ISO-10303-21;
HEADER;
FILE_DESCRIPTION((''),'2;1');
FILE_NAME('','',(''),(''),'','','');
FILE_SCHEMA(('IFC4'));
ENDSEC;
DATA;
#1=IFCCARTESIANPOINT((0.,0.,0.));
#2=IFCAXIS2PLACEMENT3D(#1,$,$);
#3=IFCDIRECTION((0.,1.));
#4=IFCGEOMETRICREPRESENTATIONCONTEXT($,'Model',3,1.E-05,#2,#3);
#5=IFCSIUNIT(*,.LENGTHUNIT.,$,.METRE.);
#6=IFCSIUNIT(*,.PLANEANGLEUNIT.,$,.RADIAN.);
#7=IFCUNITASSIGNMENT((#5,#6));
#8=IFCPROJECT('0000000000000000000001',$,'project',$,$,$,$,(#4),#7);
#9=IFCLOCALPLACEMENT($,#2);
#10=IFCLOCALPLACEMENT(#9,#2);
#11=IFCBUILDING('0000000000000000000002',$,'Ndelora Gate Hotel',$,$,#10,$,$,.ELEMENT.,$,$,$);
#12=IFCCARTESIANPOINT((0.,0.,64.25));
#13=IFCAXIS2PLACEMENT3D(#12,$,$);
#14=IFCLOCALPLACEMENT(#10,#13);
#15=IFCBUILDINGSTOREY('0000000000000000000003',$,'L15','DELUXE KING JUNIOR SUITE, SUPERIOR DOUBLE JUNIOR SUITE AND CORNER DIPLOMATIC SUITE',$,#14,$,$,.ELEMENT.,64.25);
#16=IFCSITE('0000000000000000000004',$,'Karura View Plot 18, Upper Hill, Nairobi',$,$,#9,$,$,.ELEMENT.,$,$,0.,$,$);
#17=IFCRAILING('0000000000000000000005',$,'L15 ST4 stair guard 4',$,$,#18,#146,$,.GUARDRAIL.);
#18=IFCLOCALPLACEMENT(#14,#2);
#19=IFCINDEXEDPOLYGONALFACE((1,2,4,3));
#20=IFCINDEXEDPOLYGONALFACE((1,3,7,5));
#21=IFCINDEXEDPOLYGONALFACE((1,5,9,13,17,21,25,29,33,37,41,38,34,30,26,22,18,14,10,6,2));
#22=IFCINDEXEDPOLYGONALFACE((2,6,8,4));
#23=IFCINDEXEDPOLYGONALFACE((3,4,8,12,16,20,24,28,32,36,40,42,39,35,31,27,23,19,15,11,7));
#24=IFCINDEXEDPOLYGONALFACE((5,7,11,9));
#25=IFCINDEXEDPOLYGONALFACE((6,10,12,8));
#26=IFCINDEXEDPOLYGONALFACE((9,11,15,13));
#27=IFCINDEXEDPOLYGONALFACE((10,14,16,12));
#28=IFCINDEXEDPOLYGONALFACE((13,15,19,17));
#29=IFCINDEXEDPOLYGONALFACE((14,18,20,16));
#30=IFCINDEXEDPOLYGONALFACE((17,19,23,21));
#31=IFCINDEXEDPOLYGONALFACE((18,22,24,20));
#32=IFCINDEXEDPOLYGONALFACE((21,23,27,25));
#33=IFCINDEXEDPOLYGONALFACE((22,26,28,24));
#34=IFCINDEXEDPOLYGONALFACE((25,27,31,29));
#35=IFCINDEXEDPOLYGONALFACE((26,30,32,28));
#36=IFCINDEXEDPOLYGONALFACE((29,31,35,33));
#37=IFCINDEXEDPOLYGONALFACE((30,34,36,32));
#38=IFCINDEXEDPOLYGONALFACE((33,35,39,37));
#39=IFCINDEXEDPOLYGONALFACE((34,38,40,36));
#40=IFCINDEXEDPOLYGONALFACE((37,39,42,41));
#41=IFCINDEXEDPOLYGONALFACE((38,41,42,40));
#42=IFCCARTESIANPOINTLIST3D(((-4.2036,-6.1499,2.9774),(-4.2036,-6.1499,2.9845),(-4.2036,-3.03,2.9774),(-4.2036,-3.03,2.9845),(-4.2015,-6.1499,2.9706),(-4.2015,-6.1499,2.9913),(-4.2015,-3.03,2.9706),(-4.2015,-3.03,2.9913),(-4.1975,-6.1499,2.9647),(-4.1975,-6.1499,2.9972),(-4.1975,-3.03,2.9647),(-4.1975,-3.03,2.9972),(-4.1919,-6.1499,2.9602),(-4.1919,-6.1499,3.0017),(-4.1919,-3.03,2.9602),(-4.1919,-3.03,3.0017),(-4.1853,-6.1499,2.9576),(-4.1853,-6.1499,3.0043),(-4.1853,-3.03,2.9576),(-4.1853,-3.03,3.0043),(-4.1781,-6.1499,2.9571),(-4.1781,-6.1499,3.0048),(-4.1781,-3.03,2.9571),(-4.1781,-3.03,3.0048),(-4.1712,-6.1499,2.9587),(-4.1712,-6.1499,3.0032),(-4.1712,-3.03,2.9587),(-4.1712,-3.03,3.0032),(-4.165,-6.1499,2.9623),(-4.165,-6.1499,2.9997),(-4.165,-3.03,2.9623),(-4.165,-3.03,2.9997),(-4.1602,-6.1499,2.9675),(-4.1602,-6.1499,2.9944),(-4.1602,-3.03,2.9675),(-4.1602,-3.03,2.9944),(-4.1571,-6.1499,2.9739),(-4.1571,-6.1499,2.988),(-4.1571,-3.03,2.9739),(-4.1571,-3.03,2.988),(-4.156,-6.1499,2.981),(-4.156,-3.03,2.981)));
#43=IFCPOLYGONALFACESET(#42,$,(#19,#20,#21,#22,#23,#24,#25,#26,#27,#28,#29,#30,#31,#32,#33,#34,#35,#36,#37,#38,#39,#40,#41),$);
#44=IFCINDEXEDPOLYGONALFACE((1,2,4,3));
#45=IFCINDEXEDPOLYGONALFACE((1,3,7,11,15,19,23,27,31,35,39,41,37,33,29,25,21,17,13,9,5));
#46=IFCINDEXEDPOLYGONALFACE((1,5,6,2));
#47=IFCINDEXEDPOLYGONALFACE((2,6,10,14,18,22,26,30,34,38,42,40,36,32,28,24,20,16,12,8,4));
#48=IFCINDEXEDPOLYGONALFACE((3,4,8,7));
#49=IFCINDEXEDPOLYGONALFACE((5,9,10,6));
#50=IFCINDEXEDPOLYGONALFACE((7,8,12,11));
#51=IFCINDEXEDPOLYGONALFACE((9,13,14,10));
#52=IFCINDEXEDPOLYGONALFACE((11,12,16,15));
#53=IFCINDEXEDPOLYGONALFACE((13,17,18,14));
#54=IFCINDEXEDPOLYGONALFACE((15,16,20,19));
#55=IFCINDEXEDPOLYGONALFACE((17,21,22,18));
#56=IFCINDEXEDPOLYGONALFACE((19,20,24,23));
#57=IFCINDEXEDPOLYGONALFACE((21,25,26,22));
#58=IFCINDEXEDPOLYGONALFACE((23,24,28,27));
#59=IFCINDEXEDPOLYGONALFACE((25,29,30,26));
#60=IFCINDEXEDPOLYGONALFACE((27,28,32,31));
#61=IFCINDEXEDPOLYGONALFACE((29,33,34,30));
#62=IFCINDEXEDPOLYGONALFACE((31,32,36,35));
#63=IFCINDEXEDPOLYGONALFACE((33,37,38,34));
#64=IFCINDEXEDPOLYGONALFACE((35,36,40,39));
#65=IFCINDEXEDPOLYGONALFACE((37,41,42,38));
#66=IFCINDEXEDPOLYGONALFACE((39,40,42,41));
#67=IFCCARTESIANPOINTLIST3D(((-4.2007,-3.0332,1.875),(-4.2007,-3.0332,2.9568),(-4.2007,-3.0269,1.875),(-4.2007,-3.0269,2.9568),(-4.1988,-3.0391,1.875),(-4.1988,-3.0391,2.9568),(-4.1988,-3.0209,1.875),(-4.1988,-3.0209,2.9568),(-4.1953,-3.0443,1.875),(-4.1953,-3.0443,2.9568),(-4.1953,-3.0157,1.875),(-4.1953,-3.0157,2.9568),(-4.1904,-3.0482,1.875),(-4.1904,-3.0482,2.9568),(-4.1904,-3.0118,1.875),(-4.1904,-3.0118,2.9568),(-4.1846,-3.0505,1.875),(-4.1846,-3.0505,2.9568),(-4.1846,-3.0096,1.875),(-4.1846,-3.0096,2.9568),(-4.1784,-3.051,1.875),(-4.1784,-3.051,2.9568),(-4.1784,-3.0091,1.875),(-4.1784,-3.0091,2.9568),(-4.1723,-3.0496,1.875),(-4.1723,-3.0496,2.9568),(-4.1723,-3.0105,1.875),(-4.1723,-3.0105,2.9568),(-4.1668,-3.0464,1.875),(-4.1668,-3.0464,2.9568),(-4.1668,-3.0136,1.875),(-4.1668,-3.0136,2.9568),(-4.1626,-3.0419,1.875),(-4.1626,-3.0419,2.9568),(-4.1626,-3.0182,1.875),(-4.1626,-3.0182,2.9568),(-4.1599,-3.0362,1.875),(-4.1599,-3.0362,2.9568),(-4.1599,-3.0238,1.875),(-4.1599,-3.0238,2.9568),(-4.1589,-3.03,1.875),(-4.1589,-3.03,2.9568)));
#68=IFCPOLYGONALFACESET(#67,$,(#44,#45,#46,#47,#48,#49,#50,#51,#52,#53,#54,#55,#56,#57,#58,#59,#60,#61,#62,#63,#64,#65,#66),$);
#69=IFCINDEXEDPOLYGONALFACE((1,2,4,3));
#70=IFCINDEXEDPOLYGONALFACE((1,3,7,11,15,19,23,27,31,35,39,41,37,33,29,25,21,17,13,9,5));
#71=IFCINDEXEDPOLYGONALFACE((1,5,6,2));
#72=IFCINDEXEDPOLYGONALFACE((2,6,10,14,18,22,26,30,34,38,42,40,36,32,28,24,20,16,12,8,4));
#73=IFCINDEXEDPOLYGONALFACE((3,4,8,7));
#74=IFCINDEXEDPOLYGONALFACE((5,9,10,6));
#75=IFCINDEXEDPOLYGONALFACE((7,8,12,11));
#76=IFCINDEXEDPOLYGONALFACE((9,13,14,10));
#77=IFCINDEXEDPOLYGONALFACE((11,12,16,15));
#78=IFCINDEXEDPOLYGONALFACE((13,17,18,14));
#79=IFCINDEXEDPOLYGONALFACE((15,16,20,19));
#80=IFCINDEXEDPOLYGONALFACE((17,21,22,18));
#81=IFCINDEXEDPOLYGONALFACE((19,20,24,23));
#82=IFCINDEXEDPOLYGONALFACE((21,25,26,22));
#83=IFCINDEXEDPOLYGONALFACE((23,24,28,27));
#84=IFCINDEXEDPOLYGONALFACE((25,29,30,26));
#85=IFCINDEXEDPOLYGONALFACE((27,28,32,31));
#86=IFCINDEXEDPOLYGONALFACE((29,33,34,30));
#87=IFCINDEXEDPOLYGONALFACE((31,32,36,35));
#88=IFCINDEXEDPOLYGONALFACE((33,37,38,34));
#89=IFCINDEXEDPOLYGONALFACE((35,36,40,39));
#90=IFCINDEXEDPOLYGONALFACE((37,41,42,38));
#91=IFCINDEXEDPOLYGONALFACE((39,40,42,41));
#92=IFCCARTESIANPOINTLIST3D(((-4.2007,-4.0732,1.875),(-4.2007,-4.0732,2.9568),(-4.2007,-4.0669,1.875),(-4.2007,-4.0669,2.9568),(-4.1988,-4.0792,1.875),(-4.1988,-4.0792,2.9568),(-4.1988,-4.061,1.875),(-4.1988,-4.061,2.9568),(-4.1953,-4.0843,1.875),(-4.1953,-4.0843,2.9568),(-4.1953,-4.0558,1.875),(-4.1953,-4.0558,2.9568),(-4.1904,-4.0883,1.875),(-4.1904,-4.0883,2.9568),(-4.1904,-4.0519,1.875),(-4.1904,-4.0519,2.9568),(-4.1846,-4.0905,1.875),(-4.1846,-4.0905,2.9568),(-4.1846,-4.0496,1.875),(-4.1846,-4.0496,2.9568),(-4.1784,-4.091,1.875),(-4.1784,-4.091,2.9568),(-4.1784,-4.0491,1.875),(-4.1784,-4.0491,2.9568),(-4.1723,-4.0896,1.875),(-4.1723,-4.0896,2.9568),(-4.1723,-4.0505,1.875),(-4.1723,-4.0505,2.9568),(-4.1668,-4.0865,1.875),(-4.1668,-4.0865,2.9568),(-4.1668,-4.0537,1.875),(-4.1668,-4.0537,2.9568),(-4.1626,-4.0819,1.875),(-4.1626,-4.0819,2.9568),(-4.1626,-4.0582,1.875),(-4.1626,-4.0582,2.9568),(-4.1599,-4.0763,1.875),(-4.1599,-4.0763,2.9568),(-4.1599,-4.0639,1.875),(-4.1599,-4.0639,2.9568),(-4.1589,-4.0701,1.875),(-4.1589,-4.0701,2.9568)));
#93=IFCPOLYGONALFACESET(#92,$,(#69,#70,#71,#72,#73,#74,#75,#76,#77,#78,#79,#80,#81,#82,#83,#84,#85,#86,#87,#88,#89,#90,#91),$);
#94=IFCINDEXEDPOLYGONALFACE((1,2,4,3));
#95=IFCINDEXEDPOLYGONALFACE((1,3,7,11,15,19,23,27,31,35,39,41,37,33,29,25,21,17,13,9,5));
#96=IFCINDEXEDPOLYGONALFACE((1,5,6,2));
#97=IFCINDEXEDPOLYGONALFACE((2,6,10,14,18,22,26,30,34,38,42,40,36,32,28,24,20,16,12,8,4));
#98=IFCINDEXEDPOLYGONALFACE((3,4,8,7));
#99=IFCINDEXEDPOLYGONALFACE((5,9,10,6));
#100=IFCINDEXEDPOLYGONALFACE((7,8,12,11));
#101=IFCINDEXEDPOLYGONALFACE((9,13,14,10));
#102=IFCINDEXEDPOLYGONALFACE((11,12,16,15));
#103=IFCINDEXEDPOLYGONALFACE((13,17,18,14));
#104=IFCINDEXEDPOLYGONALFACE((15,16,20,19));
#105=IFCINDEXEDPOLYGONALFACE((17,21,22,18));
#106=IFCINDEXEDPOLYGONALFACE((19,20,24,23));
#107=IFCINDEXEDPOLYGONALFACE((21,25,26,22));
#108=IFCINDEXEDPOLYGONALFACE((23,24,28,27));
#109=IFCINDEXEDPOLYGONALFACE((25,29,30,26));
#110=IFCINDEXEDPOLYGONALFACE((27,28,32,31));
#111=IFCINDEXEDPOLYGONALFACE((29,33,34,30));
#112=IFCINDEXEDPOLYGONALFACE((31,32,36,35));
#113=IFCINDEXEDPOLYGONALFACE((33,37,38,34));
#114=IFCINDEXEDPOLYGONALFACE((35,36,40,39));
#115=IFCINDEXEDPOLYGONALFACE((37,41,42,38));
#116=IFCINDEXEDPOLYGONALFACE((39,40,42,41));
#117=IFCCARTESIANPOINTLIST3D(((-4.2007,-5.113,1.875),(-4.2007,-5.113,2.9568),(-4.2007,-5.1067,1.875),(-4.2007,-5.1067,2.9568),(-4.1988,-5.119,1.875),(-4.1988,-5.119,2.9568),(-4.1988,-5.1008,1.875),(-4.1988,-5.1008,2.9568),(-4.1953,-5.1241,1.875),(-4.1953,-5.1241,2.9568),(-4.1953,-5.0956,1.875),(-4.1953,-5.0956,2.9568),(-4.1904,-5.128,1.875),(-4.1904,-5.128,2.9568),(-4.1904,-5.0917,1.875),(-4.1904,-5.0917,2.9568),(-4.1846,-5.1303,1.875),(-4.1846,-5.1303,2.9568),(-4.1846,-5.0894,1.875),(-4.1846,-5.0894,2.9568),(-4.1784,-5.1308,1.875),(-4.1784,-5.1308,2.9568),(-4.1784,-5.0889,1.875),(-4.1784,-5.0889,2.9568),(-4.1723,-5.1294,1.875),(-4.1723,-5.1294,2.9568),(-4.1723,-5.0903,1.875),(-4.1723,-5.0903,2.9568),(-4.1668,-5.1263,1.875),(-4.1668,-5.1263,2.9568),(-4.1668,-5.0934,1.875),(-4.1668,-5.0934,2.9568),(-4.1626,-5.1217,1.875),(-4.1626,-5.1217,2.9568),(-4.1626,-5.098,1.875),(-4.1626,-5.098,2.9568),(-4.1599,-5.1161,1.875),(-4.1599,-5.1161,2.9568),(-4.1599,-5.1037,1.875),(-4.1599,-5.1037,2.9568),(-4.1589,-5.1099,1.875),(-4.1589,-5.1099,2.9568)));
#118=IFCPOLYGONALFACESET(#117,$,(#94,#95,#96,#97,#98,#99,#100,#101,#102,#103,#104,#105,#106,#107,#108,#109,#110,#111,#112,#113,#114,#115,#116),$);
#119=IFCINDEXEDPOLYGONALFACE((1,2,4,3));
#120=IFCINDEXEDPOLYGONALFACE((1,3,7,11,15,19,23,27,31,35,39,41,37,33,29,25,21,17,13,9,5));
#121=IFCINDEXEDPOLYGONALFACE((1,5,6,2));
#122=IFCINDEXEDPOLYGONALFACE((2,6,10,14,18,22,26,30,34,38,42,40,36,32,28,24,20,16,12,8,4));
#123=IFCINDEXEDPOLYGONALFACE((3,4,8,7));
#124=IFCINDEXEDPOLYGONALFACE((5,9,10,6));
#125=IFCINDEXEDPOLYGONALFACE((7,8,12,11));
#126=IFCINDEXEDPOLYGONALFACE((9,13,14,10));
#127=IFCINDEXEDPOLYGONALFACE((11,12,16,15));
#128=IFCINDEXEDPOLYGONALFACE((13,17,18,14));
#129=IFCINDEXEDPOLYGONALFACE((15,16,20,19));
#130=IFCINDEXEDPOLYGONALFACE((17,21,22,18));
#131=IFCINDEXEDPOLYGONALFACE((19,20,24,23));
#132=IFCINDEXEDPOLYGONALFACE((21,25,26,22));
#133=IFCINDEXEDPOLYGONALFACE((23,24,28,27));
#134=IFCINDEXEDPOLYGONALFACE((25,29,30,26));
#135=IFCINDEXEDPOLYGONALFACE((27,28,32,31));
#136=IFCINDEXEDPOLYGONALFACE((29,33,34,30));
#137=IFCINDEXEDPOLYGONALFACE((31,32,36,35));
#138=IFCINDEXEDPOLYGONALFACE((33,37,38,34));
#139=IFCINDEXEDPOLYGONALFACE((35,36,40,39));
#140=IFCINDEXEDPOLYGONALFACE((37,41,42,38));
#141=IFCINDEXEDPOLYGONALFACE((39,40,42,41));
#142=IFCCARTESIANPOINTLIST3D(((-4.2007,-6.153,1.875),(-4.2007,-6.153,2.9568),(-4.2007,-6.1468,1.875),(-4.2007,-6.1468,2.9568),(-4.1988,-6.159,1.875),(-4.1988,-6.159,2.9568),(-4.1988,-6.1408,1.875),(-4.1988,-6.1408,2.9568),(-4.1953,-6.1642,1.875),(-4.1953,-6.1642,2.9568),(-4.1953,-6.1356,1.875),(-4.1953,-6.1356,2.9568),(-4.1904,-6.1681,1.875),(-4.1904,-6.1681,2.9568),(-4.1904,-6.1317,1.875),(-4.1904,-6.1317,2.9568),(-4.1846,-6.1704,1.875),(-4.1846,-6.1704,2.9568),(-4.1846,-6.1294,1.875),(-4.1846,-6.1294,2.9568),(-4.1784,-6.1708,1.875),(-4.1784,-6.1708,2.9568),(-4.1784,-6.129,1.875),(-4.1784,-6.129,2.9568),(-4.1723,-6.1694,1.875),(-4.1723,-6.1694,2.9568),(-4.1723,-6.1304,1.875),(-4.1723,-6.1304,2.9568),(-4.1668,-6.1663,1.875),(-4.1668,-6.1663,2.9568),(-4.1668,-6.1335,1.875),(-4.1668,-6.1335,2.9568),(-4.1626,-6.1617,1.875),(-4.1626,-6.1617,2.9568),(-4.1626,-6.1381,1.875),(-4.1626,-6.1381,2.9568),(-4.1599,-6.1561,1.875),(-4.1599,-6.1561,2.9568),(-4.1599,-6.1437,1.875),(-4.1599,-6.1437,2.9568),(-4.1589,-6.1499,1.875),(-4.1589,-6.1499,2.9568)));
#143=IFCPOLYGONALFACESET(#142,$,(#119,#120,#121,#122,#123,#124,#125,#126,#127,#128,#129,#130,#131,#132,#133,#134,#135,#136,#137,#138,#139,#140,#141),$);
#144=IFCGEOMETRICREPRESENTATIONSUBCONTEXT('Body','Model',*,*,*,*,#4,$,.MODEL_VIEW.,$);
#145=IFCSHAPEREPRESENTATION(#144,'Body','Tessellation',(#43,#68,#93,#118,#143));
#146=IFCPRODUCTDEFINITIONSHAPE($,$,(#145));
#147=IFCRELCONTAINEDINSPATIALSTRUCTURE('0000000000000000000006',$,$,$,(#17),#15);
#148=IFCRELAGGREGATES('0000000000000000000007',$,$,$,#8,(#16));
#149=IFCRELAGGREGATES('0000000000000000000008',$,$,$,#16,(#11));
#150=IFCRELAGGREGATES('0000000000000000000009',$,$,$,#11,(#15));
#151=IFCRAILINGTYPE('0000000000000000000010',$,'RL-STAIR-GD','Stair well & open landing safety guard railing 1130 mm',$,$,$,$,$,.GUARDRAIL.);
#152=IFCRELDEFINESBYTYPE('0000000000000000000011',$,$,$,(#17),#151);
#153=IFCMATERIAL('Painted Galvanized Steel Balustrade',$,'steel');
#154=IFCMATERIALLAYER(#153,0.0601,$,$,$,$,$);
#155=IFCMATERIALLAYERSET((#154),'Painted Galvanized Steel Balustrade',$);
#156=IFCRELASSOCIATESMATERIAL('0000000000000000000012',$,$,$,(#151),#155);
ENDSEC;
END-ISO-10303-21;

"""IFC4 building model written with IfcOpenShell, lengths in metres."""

from ifc_helpers import new_model, si_unit, direction, frame, origin, origin_2d, place, context, subcontext, project, spatial, circle, extrude, material, layer, layer_set, type_object, element, save


model = new_model("IFC4")

# Units and contexts
model_context = context("Model", 3, precision=1e-05, world=origin(), true_north=direction((0.0, 1.0)))
body_context = subcontext(model_context, "Body", "Model", "MODEL_VIEW")
ifc_project = project(units=[si_unit("LENGTHUNIT", "METRE"), si_unit("PLANEANGLEUNIT", "RADIAN")], contexts=[model_context])

# Site, building, storey
site_placement = place(None, origin())
site = spatial("IfcSite", under=ifc_project, at=site_placement, Name="Karura View Plot 18, Upper Hill, Nairobi", CompositionType="ELEMENT", RefElevation=0.0)
building_placement = place(site_placement, origin())
building = spatial("IfcBuilding", under=site, at=building_placement, Name="Ndelora Gate Hotel", CompositionType="ELEMENT")
storey_placement = place(building_placement, frame((0.0, 0.0, 64.25)))
storey = spatial("IfcBuildingStorey", under=building, at=storey_placement, Name="L15", Description="DELUXE KING JUNIOR SUITE, SUPERIOR DOUBLE JUNIOR SUITE AND CORNER DIPLOMATIC SUITE", CompositionType="ELEMENT", Elevation=64.25)

# Railing
ifc_material_1 = material(Name="Painted Galvanized Steel Balustrade", Category="steel")
ifc_layer_1 = layer(ifc_material_1, 0.0601)
ifc_layer_set_1 = layer_set([ifc_layer_1], Name="Painted Galvanized Steel Balustrade")
railing_type_1 = type_object("IfcRailingType", Name="RL-STAIR-GD", Description="Stair well & open landing safety guard railing 1130 mm", PredefinedType="GUARDRAIL", material=ifc_layer_set_1)
for number, where, name in (
    (1, (-4.1799, -3.03, 1.875), "L15 ST4 stair guard 4"),
):
    element("IfcRailing", number, at=place(storey_placement, frame(where)), inside=storey, type_object=railing_type_1, Name=name, PredefinedType="GUARDRAIL", context=body_context, shape_type="SweptSolid", body=[
        extrude(circle(Radius=0.0239, at=origin_2d()), frame((0.0, 0.0, 1.106), z_axis=(0.0, -1.0, 0.0), x_axis=(1.0, 0.0, 0.0)), (0.0, 0.0, 1.0), 3.1199),
        extrude(circle(Radius=0.021, at=origin_2d()), origin(), (0.0, 0.0, 1.0), 1.0818),
        extrude(circle(Radius=0.021, at=origin_2d()), frame((0.0, -1.04, 0.0)), (0.0, 0.0, 1.0), 1.0818),
        extrude(circle(Radius=0.021, at=origin_2d()), frame((0.0, -2.0798, 0.0)), (0.0, 0.0, 1.0), 1.0818),
        extrude(circle(Radius=0.021, at=origin_2d()), frame((0.0, -3.1199, 0.0)), (0.0, 0.0, 1.0), 1.0818),
    ])

save(model, "model.ifc")
